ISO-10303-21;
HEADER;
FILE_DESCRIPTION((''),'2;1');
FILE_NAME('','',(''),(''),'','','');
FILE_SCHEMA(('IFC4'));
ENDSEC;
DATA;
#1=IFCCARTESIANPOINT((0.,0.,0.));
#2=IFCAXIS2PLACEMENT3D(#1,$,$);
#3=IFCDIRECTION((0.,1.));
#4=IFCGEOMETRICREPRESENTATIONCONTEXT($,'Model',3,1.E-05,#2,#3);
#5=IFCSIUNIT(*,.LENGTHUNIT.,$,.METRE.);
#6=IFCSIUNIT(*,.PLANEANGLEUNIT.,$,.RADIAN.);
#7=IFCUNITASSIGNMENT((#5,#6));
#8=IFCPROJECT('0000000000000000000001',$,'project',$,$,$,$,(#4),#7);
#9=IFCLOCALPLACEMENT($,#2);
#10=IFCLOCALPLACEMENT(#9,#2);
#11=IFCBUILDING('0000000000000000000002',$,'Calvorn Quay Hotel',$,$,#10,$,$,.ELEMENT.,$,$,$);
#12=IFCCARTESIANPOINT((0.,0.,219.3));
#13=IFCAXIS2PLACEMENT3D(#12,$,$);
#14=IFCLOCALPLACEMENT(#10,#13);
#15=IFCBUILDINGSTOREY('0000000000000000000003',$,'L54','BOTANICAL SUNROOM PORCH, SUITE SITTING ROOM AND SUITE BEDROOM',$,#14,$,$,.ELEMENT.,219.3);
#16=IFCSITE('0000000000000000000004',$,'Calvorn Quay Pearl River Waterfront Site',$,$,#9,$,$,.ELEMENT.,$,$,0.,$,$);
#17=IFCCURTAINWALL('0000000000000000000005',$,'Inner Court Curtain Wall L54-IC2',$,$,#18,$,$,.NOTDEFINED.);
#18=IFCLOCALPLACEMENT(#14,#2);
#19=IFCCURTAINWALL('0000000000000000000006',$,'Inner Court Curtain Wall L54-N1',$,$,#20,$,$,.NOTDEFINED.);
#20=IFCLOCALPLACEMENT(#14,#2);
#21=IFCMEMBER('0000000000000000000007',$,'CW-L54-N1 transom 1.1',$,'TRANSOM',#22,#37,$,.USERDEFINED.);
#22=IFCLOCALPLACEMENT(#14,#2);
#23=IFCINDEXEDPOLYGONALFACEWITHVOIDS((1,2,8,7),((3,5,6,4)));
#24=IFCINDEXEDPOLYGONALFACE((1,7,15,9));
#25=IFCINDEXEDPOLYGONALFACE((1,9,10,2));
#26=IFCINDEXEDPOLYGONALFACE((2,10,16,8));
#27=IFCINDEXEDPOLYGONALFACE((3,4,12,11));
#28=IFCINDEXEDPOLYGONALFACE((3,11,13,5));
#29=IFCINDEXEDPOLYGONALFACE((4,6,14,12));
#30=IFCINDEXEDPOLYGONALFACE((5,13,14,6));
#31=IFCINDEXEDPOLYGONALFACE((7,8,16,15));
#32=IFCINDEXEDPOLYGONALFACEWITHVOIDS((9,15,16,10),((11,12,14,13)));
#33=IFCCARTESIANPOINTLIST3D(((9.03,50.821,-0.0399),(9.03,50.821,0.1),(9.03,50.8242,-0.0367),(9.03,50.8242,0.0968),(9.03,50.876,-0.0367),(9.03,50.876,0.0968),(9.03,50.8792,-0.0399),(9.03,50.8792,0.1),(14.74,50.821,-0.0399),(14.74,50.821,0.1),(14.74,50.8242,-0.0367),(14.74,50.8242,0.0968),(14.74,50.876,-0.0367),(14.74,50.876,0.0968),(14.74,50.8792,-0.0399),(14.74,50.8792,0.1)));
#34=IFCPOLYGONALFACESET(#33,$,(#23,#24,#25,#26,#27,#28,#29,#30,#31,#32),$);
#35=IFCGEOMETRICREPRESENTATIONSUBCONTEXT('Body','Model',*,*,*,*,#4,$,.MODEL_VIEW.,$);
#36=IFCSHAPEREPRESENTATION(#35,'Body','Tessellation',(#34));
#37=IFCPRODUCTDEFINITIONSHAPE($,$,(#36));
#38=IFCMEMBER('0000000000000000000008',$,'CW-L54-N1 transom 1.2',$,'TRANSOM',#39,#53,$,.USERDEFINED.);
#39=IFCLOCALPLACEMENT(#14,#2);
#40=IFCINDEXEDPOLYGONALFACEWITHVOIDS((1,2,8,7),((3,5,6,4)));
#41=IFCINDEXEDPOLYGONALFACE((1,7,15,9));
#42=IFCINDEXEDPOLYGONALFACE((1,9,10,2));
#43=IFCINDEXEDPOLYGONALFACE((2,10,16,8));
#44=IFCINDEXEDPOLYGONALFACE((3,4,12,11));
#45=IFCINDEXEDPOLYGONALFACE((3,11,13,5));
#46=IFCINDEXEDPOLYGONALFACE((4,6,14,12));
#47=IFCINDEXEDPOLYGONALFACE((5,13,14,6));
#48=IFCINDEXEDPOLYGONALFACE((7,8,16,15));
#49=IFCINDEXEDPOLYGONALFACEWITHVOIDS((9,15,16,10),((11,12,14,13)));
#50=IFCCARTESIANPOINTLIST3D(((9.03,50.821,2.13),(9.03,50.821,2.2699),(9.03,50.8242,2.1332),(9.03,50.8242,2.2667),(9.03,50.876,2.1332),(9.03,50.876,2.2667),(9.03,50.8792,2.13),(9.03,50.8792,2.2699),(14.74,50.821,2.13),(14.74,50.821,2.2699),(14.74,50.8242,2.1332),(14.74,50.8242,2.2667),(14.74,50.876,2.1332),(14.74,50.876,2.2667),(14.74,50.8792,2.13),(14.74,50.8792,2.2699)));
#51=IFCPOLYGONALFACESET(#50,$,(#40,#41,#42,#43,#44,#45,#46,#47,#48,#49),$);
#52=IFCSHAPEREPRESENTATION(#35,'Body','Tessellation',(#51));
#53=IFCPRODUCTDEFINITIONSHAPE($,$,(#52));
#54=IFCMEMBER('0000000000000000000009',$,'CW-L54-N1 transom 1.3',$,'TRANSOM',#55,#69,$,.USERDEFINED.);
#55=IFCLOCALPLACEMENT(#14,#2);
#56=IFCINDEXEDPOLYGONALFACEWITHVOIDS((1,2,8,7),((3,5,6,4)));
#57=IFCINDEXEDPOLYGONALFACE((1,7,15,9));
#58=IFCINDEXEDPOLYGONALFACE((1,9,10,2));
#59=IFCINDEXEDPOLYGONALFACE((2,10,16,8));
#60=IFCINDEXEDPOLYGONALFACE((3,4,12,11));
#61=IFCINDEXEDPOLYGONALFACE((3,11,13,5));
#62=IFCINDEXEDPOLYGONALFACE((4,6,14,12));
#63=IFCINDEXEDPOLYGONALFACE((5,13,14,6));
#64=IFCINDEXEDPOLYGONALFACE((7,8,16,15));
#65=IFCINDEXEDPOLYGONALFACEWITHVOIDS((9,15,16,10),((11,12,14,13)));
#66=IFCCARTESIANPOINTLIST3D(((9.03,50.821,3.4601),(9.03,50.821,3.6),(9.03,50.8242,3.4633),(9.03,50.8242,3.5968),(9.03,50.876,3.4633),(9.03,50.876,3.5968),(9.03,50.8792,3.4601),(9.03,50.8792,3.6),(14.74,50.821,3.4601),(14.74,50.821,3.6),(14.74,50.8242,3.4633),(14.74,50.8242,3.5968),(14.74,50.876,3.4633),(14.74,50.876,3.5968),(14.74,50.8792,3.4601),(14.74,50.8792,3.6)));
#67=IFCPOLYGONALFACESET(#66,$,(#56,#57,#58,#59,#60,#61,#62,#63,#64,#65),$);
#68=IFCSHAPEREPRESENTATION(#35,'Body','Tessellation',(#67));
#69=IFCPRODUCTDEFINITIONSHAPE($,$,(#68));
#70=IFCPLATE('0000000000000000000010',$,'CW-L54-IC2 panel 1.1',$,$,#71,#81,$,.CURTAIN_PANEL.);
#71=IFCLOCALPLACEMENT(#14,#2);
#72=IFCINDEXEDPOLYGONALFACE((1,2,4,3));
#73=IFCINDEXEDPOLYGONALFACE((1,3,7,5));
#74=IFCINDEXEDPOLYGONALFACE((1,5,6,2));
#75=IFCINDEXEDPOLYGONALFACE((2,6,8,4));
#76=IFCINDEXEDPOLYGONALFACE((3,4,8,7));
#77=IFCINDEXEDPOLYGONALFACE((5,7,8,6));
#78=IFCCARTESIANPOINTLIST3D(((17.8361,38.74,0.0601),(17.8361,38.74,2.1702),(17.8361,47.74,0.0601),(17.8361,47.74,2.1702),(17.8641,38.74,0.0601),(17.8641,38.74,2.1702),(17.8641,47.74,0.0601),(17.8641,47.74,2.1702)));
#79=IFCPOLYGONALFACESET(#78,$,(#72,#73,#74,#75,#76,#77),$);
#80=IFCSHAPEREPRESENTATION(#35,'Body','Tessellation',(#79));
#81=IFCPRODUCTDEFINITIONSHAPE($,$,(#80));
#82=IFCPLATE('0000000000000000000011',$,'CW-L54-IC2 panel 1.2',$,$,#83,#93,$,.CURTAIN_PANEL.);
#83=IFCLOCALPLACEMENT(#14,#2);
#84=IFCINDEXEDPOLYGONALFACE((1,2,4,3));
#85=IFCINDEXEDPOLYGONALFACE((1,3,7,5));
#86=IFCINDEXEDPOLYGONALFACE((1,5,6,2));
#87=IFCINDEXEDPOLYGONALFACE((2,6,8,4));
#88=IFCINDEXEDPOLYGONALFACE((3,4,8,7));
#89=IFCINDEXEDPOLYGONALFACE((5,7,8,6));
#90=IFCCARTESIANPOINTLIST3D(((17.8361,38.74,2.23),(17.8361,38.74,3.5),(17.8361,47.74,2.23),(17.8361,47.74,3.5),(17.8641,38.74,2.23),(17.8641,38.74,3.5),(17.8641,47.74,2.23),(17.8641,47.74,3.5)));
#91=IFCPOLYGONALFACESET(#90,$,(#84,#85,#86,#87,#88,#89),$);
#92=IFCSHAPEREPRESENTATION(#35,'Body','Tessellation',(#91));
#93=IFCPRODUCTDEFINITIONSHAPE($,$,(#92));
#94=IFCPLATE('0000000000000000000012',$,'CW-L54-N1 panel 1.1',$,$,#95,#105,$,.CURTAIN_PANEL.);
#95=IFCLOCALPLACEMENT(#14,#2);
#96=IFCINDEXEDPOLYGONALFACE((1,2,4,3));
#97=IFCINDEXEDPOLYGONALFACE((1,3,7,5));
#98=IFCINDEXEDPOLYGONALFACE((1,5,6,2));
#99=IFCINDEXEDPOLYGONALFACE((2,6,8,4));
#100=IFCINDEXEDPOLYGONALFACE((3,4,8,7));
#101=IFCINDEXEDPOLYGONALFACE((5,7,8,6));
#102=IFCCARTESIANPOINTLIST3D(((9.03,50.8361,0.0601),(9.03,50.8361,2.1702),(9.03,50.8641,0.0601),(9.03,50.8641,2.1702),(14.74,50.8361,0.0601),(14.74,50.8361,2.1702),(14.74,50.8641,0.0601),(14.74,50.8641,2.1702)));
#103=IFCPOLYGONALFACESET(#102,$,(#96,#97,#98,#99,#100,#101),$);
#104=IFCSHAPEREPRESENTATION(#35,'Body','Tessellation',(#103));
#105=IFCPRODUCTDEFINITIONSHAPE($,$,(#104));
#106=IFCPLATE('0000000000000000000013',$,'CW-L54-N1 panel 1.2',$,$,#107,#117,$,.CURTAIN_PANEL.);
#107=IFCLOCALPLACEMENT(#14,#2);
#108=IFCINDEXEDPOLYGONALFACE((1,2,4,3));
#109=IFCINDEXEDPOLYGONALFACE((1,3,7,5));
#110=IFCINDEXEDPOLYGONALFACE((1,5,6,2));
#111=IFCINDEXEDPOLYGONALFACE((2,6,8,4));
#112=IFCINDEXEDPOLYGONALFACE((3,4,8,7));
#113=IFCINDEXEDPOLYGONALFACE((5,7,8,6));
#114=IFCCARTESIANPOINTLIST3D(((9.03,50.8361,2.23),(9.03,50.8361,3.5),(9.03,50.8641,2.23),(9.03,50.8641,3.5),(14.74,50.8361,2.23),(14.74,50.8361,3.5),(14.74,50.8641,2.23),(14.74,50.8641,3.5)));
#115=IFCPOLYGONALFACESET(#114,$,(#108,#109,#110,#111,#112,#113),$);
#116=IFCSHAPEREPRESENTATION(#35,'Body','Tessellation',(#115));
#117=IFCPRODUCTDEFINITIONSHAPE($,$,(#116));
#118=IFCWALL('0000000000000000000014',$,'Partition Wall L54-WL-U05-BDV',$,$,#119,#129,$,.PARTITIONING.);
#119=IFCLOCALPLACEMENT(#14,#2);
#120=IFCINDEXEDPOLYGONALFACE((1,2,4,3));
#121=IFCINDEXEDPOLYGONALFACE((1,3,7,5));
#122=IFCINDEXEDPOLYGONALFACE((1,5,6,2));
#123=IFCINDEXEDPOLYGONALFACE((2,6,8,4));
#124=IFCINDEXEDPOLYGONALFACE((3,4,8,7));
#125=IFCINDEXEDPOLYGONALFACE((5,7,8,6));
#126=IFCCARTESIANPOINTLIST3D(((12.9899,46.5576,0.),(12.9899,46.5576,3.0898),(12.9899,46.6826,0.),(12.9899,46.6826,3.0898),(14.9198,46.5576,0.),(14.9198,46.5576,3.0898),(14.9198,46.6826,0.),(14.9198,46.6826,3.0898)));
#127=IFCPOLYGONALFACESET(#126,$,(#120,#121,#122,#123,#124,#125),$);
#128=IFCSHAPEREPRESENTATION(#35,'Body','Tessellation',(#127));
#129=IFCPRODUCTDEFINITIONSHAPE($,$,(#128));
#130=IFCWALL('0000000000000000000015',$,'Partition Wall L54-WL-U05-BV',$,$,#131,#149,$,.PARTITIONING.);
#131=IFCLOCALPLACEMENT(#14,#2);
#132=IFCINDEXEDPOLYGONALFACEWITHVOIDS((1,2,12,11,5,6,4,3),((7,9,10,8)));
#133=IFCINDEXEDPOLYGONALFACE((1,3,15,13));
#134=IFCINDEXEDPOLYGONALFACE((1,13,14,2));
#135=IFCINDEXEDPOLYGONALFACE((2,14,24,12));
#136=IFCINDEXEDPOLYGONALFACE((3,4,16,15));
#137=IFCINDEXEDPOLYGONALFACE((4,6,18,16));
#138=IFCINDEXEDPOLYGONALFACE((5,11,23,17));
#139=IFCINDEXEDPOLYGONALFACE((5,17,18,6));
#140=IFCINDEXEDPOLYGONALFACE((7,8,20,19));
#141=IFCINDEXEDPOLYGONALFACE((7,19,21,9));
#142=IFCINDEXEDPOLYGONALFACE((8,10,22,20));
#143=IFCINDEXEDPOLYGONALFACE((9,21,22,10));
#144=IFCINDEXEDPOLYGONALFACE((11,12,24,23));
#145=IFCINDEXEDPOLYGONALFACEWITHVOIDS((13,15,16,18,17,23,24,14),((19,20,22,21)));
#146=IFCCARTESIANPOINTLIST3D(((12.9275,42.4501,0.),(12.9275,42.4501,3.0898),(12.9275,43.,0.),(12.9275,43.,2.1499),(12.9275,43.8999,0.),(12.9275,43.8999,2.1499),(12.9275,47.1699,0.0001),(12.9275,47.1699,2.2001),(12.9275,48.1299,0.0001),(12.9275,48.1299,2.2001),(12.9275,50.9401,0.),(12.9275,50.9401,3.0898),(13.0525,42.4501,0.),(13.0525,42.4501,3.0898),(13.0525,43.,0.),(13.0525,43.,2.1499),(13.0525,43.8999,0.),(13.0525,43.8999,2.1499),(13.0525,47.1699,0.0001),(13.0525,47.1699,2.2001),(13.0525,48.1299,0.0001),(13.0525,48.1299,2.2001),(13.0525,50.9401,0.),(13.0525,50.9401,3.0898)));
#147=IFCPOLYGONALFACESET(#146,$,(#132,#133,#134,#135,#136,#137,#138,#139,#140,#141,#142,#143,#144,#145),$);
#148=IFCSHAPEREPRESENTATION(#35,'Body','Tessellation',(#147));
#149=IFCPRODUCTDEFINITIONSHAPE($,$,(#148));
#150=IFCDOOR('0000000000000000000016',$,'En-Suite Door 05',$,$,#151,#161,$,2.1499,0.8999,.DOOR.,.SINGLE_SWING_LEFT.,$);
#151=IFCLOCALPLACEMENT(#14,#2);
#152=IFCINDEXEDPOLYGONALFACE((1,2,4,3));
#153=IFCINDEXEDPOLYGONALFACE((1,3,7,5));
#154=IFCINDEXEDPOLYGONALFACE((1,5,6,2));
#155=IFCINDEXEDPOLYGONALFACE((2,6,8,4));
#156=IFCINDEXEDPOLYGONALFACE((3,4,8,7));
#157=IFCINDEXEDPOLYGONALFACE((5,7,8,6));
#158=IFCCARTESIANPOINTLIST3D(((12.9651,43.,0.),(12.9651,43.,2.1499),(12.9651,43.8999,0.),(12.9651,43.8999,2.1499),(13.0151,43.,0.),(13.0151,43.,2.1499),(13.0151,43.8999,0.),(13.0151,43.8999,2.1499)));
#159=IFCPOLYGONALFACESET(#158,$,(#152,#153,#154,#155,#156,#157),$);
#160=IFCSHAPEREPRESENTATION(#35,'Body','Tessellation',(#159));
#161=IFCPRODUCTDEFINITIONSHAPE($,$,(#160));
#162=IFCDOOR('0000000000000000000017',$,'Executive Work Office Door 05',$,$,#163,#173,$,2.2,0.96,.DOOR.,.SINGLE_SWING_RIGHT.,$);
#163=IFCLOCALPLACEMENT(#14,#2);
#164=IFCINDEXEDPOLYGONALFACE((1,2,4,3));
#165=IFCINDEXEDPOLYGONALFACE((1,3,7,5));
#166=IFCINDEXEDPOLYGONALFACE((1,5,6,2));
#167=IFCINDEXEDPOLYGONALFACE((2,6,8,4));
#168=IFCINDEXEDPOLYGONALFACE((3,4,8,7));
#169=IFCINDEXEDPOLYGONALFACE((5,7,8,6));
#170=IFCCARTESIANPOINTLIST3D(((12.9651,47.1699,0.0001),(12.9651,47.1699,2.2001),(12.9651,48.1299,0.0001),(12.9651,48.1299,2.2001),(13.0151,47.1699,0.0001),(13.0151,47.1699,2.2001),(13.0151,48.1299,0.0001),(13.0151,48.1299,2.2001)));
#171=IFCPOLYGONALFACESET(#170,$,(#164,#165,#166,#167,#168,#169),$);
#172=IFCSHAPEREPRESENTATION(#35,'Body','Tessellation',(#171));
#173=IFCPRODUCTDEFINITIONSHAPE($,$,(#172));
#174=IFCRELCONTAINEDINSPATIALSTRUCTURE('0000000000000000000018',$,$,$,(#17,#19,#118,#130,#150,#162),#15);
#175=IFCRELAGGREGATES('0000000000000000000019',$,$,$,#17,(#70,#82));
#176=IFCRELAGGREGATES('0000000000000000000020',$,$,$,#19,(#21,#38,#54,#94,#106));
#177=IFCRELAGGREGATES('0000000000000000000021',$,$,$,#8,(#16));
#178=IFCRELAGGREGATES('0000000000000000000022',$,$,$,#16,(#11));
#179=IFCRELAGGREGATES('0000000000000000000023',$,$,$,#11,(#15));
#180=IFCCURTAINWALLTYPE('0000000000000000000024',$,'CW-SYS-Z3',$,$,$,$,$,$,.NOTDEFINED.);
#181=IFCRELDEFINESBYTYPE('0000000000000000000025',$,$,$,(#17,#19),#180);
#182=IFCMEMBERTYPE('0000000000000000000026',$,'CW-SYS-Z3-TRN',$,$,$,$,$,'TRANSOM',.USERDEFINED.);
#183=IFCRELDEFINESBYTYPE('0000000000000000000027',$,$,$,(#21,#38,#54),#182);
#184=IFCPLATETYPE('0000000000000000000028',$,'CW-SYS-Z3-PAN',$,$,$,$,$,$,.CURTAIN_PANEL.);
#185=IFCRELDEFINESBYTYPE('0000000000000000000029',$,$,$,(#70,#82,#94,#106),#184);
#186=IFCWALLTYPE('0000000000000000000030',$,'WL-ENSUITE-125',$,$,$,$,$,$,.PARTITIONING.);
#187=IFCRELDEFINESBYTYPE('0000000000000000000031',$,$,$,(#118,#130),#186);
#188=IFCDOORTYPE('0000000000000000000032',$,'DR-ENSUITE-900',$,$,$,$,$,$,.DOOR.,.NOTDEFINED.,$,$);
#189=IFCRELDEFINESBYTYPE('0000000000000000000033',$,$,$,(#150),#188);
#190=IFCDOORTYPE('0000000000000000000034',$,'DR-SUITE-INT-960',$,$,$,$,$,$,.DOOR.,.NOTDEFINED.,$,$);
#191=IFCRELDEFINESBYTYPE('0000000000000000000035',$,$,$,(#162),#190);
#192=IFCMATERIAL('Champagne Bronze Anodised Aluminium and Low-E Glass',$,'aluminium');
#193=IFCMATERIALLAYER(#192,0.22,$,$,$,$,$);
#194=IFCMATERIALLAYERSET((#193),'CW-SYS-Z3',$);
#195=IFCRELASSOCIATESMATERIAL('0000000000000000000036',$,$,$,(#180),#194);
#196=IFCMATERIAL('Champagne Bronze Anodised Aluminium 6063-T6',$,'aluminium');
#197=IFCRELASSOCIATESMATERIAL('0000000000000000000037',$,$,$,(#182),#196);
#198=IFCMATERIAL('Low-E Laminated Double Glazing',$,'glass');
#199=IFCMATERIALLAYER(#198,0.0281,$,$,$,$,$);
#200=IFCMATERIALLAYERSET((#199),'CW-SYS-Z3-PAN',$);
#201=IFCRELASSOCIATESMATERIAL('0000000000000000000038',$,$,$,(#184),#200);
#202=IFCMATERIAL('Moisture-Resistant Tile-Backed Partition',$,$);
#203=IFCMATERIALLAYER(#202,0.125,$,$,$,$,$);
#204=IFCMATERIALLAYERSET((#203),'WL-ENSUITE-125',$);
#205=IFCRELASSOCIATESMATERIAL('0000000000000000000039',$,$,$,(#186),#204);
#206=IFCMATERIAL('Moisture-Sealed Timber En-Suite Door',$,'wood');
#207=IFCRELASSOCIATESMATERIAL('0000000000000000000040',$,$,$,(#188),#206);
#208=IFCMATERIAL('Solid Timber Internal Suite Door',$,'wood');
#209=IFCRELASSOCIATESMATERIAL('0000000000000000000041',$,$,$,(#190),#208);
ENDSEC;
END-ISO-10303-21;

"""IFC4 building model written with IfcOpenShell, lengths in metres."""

from ifc_helpers import new_model, si_unit, direction, frame, frame_2d, origin, origin_2d, place, context, subcontext, project, spatial, rectangle, hollow_rectangle, extrude, material, layer, layer_set, material_profile, profile_set, type_object, element, fill, aggregate, save


model = new_model("IFC4")

# Units and contexts
model_context = context("Model", 3, precision=1e-05, world=origin(), true_north=direction((0.0, 1.0)))
body_context = subcontext(model_context, "Body", "Model", "MODEL_VIEW")
ifc_project = project(units=[si_unit("LENGTHUNIT", "METRE"), si_unit("PLANEANGLEUNIT", "RADIAN")], contexts=[model_context])

# Site, building, storey
site_placement = place(None, origin())
site = spatial("IfcSite", under=ifc_project, at=site_placement, Name="Calvorn Quay Pearl River Waterfront Site", CompositionType="ELEMENT", RefElevation=0.0)
building_placement = place(site_placement, origin())
building = spatial("IfcBuilding", under=site, at=building_placement, Name="Calvorn Quay Hotel", CompositionType="ELEMENT")
storey_placement = place(building_placement, frame((0.0, 0.0, 219.3)))
storey = spatial("IfcBuildingStorey", under=building, at=storey_placement, Name="L54", Description="BOTANICAL SUNROOM PORCH, SUITE SITTING ROOM AND SUITE BEDROOM", CompositionType="ELEMENT", Elevation=219.3)

# Curtain walls
ifc_material_1 = material(Name="Champagne Bronze Anodised Aluminium and Low-E Glass", Category="aluminium")
ifc_layer_1 = layer(ifc_material_1, 0.22)
ifc_layer_set_1 = layer_set([ifc_layer_1], Name="CW-SYS-Z3")
curtain_wall_type = type_object("IfcCurtainWallType", Name="CW-SYS-Z3", PredefinedType="NOTDEFINED", material=ifc_layer_set_1)
curtain_wall_1_placement = place(storey_placement, origin())
curtain_wall_1 = element("IfcCurtainWall", 1, at=curtain_wall_1_placement, inside=storey, type_object=curtain_wall_type, Name="Inner Court Curtain Wall L54-IC2", PredefinedType="NOTDEFINED")
curtain_wall_2_placement = place(storey_placement, origin())
curtain_wall_2 = element("IfcCurtainWall", 2, at=curtain_wall_2_placement, inside=storey, type_object=curtain_wall_type, Name="Inner Court Curtain Wall L54-N1", PredefinedType="NOTDEFINED")

# Members
ifc_material_2 = material(Name="Champagne Bronze Anodised Aluminium 6063-T6", Category="aluminium")
ifc_material_profile_1 = material_profile(ifc_material_2, hollow_rectangle(XDim=0.0581, YDim=0.1399, WallThickness=0.0032, at=origin_2d()), Name="ALU-T140x58x3.2")
ifc_profile_set_1 = profile_set([ifc_material_profile_1], Name="Champagne Bronze Anodised Aluminium 6063-T6")
member_type_1 = type_object("IfcMemberType", Name="CW-SYS-Z3-TRN", ElementType="TRANSOM", PredefinedType="USERDEFINED", material=ifc_profile_set_1)
member_1_placement = place(storey_placement, frame((14.74, 50.8501, 0.03), z_axis=(-1.0, 0.0, 0.0), x_axis=(0.0, -1.0, 0.0)))
member_1 = element("IfcMember", 3, at=member_1_placement, type_object=member_type_1, Name="CW-L54-N1 transom 1.1", ObjectType="TRANSOM", PredefinedType="USERDEFINED", context=body_context, shape_type="SweptSolid", body=[
    extrude(hollow_rectangle(XDim=0.0581, YDim=0.1399, WallThickness=0.0032, at=origin_2d()), origin(), (0.0, 0.0, 1.0), 5.71),
])
member_2_placement = place(storey_placement, frame((14.74, 50.8501, 2.2), z_axis=(-1.0, 0.0, 0.0), x_axis=(0.0, -1.0, 0.0)))
member_2 = element("IfcMember", 4, at=member_2_placement, type_object=member_type_1, Name="CW-L54-N1 transom 1.2", ObjectType="TRANSOM", PredefinedType="USERDEFINED", context=body_context, shape_type="SweptSolid", body=[
    extrude(hollow_rectangle(XDim=0.0581, YDim=0.1399, WallThickness=0.0032, at=origin_2d()), origin(), (0.0, 0.0, 1.0), 5.71),
])
member_3_placement = place(storey_placement, frame((14.74, 50.8501, 3.53), z_axis=(-1.0, 0.0, 0.0), x_axis=(0.0, -1.0, 0.0)))
member_3 = element("IfcMember", 5, at=member_3_placement, type_object=member_type_1, Name="CW-L54-N1 transom 1.3", ObjectType="TRANSOM", PredefinedType="USERDEFINED", context=body_context, shape_type="SweptSolid", body=[
    extrude(hollow_rectangle(XDim=0.0581, YDim=0.1399, WallThickness=0.0032, at=origin_2d()), origin(), (0.0, 0.0, 1.0), 5.71),
])

# Plates
ifc_material_3 = material(Name="Low-E Laminated Double Glazing", Category="glass")
ifc_layer_2 = layer(ifc_material_3, 0.0281)
ifc_layer_set_2 = layer_set([ifc_layer_2], Name="CW-SYS-Z3-PAN")
plate_type = type_object("IfcPlateType", Name="CW-SYS-Z3-PAN", PredefinedType="CURTAIN_PANEL", material=ifc_layer_set_2)
plate_1_placement = place(storey_placement, frame((17.8501, 43.24, 0.0601), z_axis=(0.0, 0.0, 1.0), x_axis=(0.0, 1.0, 0.0)))
plate_1 = element("IfcPlate", 6, at=plate_1_placement, type_object=plate_type, Name="CW-L54-IC2 panel 1.1", PredefinedType="CURTAIN_PANEL", context=body_context, shape_type="SweptSolid", body=[
    extrude(rectangle(XDim=9.0, YDim=0.0281, at=origin_2d()), origin(), (0.0, 0.0, 1.0), 2.1101),
])
plate_2_placement = place(storey_placement, frame((17.8501, 43.24, 2.23), z_axis=(0.0, 0.0, 1.0), x_axis=(0.0, 1.0, 0.0)))
plate_2 = element("IfcPlate", 7, at=plate_2_placement, type_object=plate_type, Name="CW-L54-IC2 panel 1.2", PredefinedType="CURTAIN_PANEL", context=body_context, shape_type="SweptSolid", body=[
    extrude(rectangle(XDim=9.0, YDim=0.0281, at=origin_2d()), origin(), (0.0, 0.0, 1.0), 1.27),
])
aggregate(curtain_wall_1, [plate_1, plate_2])
plate_3_placement = place(storey_placement, frame((11.885, 50.8501, 0.0601), z_axis=(0.0, 0.0, 1.0), x_axis=(-1.0, 0.0, 0.0)))
plate_3 = element("IfcPlate", 8, at=plate_3_placement, type_object=plate_type, Name="CW-L54-N1 panel 1.1", PredefinedType="CURTAIN_PANEL", context=body_context, shape_type="SweptSolid", body=[
    extrude(rectangle(XDim=5.71, YDim=0.0281, at=origin_2d()), origin(), (0.0, 0.0, 1.0), 2.1101),
])
plate_4_placement = place(storey_placement, frame((11.885, 50.8501, 2.23), z_axis=(0.0, 0.0, 1.0), x_axis=(-1.0, 0.0, 0.0)))
plate_4 = element("IfcPlate", 9, at=plate_4_placement, type_object=plate_type, Name="CW-L54-N1 panel 1.2", PredefinedType="CURTAIN_PANEL", context=body_context, shape_type="SweptSolid", body=[
    extrude(rectangle(XDim=5.71, YDim=0.0281, at=origin_2d()), origin(), (0.0, 0.0, 1.0), 1.27),
])
aggregate(curtain_wall_2, [member_1, member_2, member_3, plate_3, plate_4])

# Wall
ifc_material_4 = material(Name="Moisture-Resistant Tile-Backed Partition")
ifc_layer_3 = layer(ifc_material_4, 0.125)
ifc_layer_set_3 = layer_set([ifc_layer_3], Name="WL-ENSUITE-125")
wall_type_1 = type_object("IfcWallType", Name="WL-ENSUITE-125", PredefinedType="PARTITIONING", material=ifc_layer_set_3)
wall_1_placement = place(storey_placement, frame((12.99, 46.6201, 0.0), z_axis=(0.0, 0.0, 1.0), x_axis=(1.0, 0.0, 0.0)))
element("IfcWall", 10, at=wall_1_placement, inside=storey, type_object=wall_type_1, Name="Partition Wall L54-WL-U05-BDV", PredefinedType="PARTITIONING", context=body_context, shape_type="SweptSolid", body=[
    extrude(rectangle(XDim=1.9299, YDim=0.125, at=frame_2d((0.9648, 0.0))), origin(), (0.0, 0.0, 1.0), 3.0898),
])

# Wall, openings, doors
wall_2_placement = place(storey_placement, frame((12.99, 42.45, 0.0), z_axis=(0.0, 0.0, 1.0), x_axis=(0.0, 1.0, 0.0)))
wall_2 = element("IfcWall", 11, at=wall_2_placement, inside=storey, type_object=wall_type_1, Name="Partition Wall L54-WL-U05-BV", PredefinedType="PARTITIONING", context=body_context, shape_type="SweptSolid", body=[
    extrude(rectangle(XDim=8.49, YDim=0.125, at=frame_2d((4.2451, 0.0))), origin(), (0.0, 0.0, 1.0), 3.0898),
])
opening_1_placement = place(wall_2_placement, frame((0.55, 0.0, 0.0)))
opening_1 = element("IfcOpeningElement", 12, at=opening_1_placement, cuts=wall_2, PredefinedType="OPENING", context=body_context, shape_type="SweptSolid", body=[
    extrude(rectangle(XDim=0.8999, YDim=2.1499, at=frame_2d((0.45, 1.075))), frame((0.0, 0.0725, 0.0), z_axis=(0.0, -1.0, 0.0), x_axis=(1.0, 0.0, 0.0)), (0.0, 0.0, 1.0), 0.145),
])
opening_2_placement = place(wall_2_placement, frame((4.72, 0.0, 0.0)))
opening_2 = element("IfcOpeningElement", 13, at=opening_2_placement, cuts=wall_2, PredefinedType="OPENING", context=body_context, shape_type="SweptSolid", body=[
    extrude(rectangle(XDim=0.96, YDim=2.2, at=frame_2d((0.48, 1.1001))), frame((0.0, 0.0725, 0.0), z_axis=(0.0, -1.0, 0.0), x_axis=(1.0, 0.0, 0.0)), (0.0, 0.0, 1.0), 0.145),
])
ifc_material_5 = material(Name="Moisture-Sealed Timber En-Suite Door", Category="wood")
door_type_1 = type_object("IfcDoorType", Name="DR-ENSUITE-900", OperationType="NOTDEFINED", PredefinedType="DOOR", material=ifc_material_5)
door_1_placement = place(opening_1_placement, origin())
door_1 = element("IfcDoor", 14, at=door_1_placement, inside=storey, type_object=door_type_1, Name="En-Suite Door 05", OperationType="SINGLE_SWING_LEFT", OverallHeight=2.1499, OverallWidth=0.8999, PredefinedType="DOOR", context=body_context, shape_type="SweptSolid", body=[
    extrude(rectangle(XDim=0.8999, YDim=2.1499, at=frame_2d((0.45, 1.075))), frame((0.0, 0.0249, 0.0), z_axis=(0.0, -1.0, 0.0), x_axis=(1.0, 0.0, 0.0)), (0.0, 0.0, 1.0), 0.05),
])
fill(opening_1, door_1)
ifc_material_6 = material(Name="Solid Timber Internal Suite Door", Category="wood")
door_type_2 = type_object("IfcDoorType", Name="DR-SUITE-INT-960", OperationType="NOTDEFINED", PredefinedType="DOOR", material=ifc_material_6)
door_2_placement = place(opening_2_placement, origin())
door_2 = element("IfcDoor", 15, at=door_2_placement, inside=storey, type_object=door_type_2, Name="Executive Work Office Door 05", OperationType="SINGLE_SWING_RIGHT", OverallHeight=2.2, OverallWidth=0.96, PredefinedType="DOOR", context=body_context, shape_type="SweptSolid", body=[
    extrude(rectangle(XDim=0.96, YDim=2.2, at=frame_2d((0.48, 1.1001))), frame((0.0, 0.0249, 0.0), z_axis=(0.0, -1.0, 0.0), x_axis=(1.0, 0.0, 0.0)), (0.0, 0.0, 1.0), 0.05),
])
fill(opening_2, door_2)

save(model, "model.ifc")
